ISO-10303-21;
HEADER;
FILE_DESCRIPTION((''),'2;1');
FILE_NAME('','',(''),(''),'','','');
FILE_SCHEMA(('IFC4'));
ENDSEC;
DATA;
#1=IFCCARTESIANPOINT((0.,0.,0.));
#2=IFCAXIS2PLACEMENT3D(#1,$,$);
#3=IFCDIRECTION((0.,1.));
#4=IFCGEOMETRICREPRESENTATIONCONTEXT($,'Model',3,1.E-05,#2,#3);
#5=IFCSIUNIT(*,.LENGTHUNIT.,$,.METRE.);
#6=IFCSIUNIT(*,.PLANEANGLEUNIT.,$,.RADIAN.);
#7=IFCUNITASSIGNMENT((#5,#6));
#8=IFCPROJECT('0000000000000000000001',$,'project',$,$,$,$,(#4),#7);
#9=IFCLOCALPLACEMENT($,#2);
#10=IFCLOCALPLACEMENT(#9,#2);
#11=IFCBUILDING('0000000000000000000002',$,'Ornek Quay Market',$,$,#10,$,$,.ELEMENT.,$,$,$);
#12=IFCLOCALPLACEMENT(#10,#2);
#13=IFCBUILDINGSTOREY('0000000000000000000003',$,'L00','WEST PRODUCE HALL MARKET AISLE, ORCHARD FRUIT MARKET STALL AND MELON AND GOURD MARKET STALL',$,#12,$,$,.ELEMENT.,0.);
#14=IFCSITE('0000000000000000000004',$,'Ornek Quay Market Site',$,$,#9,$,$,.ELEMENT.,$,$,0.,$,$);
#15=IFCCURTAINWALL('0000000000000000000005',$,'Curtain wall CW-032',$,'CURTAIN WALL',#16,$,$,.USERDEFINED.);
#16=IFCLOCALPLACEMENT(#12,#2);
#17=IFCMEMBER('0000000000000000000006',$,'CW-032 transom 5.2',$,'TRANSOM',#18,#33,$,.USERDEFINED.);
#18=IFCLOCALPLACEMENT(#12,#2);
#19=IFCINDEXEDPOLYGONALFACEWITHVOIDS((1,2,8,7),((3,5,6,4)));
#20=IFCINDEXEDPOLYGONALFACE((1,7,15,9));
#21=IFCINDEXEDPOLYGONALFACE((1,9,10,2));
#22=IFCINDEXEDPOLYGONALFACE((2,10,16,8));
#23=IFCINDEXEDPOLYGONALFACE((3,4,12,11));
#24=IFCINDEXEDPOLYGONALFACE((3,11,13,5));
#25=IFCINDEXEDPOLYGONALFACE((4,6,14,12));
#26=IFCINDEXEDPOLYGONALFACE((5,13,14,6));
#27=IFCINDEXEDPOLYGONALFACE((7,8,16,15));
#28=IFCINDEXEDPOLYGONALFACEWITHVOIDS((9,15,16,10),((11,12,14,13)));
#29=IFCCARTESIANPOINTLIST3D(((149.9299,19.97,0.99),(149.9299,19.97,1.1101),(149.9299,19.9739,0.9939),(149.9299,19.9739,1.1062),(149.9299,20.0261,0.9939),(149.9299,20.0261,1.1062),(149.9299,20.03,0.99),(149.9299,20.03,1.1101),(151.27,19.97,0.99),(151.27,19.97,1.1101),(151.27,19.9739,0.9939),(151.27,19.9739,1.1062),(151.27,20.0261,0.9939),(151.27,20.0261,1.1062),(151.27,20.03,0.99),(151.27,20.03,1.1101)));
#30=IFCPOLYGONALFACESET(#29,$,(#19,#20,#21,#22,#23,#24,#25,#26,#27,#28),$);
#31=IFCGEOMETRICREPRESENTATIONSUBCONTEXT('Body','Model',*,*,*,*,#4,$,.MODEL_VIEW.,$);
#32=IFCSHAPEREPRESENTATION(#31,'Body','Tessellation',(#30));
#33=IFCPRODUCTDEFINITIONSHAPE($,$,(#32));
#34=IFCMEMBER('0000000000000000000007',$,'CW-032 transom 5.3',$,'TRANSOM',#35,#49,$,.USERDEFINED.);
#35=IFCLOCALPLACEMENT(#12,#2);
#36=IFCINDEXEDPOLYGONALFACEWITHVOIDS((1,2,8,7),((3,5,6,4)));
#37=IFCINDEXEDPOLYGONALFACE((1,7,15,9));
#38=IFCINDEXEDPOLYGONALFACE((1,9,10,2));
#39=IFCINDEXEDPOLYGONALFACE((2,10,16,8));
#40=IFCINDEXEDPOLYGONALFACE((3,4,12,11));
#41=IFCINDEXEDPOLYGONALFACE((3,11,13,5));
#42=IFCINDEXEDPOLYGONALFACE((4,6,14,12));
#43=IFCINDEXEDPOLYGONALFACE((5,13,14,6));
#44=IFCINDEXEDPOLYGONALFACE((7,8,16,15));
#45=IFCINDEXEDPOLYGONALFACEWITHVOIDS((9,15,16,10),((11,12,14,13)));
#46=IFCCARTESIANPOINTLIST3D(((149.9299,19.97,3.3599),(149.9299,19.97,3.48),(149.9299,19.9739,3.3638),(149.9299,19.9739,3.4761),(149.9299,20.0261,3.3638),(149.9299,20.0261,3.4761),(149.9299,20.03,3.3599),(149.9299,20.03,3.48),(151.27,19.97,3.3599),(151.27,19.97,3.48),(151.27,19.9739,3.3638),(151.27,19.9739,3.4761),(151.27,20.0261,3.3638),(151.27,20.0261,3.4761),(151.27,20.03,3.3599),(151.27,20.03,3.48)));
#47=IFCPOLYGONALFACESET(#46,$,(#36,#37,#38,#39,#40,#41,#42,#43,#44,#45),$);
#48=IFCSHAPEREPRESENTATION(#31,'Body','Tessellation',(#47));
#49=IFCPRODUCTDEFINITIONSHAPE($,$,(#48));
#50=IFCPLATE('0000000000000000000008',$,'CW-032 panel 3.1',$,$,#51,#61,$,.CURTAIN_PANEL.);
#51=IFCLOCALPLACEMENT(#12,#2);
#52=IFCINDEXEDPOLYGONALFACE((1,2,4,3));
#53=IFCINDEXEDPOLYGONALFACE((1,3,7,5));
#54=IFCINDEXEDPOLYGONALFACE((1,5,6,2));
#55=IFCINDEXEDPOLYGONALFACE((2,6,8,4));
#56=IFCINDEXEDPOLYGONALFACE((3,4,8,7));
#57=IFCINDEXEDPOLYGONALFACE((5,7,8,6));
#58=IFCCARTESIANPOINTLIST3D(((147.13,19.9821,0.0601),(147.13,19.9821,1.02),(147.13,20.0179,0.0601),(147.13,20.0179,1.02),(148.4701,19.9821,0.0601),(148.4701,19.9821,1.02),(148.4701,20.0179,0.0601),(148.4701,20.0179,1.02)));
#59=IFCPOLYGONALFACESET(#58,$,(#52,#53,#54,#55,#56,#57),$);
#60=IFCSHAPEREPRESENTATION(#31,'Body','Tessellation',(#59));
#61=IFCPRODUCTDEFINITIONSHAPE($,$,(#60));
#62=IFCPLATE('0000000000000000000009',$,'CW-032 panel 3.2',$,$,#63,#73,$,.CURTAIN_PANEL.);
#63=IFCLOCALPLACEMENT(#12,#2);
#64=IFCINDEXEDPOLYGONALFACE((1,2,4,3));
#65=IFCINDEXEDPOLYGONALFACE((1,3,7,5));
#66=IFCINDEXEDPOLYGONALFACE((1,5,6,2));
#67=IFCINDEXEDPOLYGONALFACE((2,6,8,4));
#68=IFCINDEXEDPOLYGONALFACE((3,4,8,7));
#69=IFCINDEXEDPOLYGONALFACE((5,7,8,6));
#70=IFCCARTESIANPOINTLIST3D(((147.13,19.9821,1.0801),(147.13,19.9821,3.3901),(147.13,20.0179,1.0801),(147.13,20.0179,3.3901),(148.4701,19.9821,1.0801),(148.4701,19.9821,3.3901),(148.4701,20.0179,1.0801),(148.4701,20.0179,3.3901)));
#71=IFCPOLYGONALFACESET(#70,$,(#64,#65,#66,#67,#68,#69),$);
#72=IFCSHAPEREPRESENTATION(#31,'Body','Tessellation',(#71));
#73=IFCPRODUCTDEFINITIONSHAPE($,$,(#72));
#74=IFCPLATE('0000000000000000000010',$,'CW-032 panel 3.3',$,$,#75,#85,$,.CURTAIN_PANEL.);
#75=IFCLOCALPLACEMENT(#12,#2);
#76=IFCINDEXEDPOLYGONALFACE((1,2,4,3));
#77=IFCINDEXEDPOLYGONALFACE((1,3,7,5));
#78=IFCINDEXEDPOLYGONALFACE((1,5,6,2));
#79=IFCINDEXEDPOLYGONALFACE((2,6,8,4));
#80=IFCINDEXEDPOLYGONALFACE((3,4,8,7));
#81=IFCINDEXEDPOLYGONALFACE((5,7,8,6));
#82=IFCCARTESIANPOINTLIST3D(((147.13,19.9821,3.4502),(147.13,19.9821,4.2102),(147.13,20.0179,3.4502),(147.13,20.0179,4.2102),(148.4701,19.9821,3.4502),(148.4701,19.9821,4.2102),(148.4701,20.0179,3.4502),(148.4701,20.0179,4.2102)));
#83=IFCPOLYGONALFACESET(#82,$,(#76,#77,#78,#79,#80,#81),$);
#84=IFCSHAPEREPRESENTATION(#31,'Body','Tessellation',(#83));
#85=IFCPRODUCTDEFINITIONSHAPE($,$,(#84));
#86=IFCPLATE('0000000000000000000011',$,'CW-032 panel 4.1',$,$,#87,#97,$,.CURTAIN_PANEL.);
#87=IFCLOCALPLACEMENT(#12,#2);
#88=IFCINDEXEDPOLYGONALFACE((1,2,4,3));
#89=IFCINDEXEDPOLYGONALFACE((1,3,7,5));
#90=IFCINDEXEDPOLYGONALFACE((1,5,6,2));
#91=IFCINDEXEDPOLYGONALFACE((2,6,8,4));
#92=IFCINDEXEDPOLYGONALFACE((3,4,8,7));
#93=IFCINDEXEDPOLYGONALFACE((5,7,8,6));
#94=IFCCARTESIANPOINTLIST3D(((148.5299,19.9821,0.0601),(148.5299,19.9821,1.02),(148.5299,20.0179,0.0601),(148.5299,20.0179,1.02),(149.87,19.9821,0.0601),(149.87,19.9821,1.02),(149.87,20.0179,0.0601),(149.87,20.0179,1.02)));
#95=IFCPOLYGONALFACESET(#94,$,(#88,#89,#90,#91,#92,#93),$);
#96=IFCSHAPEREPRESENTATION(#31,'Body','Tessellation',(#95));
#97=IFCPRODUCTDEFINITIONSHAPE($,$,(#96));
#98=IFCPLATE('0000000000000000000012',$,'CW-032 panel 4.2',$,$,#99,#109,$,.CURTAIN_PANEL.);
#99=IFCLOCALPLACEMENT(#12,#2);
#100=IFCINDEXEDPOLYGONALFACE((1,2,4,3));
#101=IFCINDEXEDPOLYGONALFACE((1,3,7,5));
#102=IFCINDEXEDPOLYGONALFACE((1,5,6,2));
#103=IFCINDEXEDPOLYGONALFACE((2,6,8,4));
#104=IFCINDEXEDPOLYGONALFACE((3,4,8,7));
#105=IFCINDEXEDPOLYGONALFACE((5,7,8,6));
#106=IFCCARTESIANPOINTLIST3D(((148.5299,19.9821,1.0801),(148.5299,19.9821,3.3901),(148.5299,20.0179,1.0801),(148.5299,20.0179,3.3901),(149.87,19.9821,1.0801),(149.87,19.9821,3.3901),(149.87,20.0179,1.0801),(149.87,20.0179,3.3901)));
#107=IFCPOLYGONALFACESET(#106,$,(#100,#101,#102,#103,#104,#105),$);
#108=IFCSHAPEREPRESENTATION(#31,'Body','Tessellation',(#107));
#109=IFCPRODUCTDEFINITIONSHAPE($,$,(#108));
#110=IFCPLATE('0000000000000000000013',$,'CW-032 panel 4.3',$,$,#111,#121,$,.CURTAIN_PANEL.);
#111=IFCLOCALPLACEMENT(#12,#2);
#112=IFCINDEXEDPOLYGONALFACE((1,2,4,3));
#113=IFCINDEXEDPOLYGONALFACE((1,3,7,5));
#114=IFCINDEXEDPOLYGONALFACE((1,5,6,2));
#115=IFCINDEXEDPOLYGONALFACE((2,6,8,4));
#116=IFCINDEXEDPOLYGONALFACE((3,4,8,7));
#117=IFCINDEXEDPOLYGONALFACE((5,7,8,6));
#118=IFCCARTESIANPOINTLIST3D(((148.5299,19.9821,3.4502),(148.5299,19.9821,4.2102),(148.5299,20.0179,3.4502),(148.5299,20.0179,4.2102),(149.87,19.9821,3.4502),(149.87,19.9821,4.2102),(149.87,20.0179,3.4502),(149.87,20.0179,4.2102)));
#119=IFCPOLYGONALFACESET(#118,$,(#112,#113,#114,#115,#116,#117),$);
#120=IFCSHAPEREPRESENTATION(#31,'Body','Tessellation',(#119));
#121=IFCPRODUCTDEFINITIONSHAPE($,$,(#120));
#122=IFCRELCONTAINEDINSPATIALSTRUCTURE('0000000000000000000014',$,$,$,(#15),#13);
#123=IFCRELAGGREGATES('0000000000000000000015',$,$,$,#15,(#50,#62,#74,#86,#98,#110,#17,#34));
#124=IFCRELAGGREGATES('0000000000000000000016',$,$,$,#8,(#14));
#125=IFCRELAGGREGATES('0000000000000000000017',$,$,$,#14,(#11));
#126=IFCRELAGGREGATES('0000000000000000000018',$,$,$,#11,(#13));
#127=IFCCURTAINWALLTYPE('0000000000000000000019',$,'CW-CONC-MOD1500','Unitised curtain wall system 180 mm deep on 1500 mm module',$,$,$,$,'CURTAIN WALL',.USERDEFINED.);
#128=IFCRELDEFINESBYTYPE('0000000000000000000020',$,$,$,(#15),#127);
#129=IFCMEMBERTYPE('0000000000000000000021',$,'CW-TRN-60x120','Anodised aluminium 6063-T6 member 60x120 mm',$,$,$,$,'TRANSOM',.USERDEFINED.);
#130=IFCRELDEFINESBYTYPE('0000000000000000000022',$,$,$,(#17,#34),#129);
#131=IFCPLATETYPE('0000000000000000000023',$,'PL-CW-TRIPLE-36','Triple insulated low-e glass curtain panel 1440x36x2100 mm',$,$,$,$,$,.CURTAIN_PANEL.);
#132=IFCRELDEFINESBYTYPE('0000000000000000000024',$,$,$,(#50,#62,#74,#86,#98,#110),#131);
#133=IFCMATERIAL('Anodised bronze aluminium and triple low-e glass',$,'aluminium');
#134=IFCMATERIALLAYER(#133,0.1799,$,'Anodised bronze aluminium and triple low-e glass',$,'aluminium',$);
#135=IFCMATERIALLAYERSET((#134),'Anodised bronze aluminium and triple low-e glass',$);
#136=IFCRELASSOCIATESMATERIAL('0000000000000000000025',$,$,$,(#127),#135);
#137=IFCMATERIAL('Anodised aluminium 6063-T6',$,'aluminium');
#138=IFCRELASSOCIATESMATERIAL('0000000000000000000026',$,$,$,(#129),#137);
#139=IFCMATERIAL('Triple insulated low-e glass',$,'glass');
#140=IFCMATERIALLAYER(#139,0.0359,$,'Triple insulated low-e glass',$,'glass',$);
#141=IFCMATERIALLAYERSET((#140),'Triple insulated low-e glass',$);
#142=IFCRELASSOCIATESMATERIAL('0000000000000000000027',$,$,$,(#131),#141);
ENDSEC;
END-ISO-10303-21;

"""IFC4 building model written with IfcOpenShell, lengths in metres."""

from ifc_helpers import new_model, si_unit, direction, frame, origin, origin_2d, place, context, subcontext, project, spatial, rectangle, hollow_rectangle, extrude, material, layer, layer_set, material_profile, profile_set, type_object, element, aggregate, save


model = new_model("IFC4")

# Units and contexts
model_context = context("Model", 3, precision=1e-05, world=origin(), true_north=direction((0.0, 1.0)))
body_context = subcontext(model_context, "Body", "Model", "MODEL_VIEW")
ifc_project = project(units=[si_unit("LENGTHUNIT", "METRE"), si_unit("PLANEANGLEUNIT", "RADIAN")], contexts=[model_context])

# Site, building, storey
site_placement = place(None, origin())
site = spatial("IfcSite", under=ifc_project, at=site_placement, Name="Ornek Quay Market Site", CompositionType="ELEMENT", RefElevation=0.0)
building_placement = place(site_placement, origin())
building = spatial("IfcBuilding", under=site, at=building_placement, Name="Ornek Quay Market", CompositionType="ELEMENT")
storey_placement = place(building_placement, origin())
storey = spatial("IfcBuildingStorey", under=building, at=storey_placement, Name="L00", Description="WEST PRODUCE HALL MARKET AISLE, ORCHARD FRUIT MARKET STALL AND MELON AND GOURD MARKET STALL", CompositionType="ELEMENT", Elevation=0.0)

# Curtain wall, members, plates
ifc_material_1 = material(Name="Anodised bronze aluminium and triple low-e glass", Category="aluminium")
ifc_layer_1 = layer(ifc_material_1, 0.1799, Name="Anodised bronze aluminium and triple low-e glass", Category="aluminium")
ifc_layer_set_1 = layer_set([ifc_layer_1], Name="Anodised bronze aluminium and triple low-e glass")
curtain_wall_type = type_object("IfcCurtainWallType", Name="CW-CONC-MOD1500", Description="Unitised curtain wall system 180 mm deep on 1500 mm module", ElementType="CURTAIN WALL", PredefinedType="USERDEFINED", material=ifc_layer_set_1)
curtain_wall_placement = place(storey_placement, origin())
curtain_wall = element("IfcCurtainWall", 1, at=curtain_wall_placement, inside=storey, type_object=curtain_wall_type, Name="Curtain wall CW-032", ObjectType="CURTAIN WALL", PredefinedType="USERDEFINED")
ifc_material_2 = material(Name="Anodised aluminium 6063-T6", Category="aluminium")
ifc_material_profile_1 = material_profile(ifc_material_2, hollow_rectangle(XDim=0.0601, YDim=0.1201, WallThickness=0.0039, at=origin_2d()), Name="CW-TRN-60x120", Category="aluminium")
ifc_profile_set_1 = profile_set([ifc_material_profile_1], Name="Anodised aluminium 6063-T6")
member_type_1 = type_object("IfcMemberType", Name="CW-TRN-60x120", Description="Anodised aluminium 6063-T6 member 60x120 mm", ElementType="TRANSOM", PredefinedType="USERDEFINED", material=ifc_profile_set_1)
member_1_placement = place(storey_placement, frame((149.9299, 20.0, 1.05), z_axis=(1.0, 0.0, 0.0), x_axis=(0.0, 1.0, 0.0)))
member_1 = element("IfcMember", 2, at=member_1_placement, type_object=member_type_1, Name="CW-032 transom 5.2", ObjectType="TRANSOM", PredefinedType="USERDEFINED", context=body_context, shape_type="SweptSolid", body=[
    extrude(hollow_rectangle(XDim=0.0601, YDim=0.1201, WallThickness=0.0039, at=origin_2d()), origin(), (0.0, 0.0, 1.0), 1.3401),
])
member_2_placement = place(storey_placement, frame((149.9299, 20.0, 3.4199), z_axis=(1.0, 0.0, 0.0), x_axis=(0.0, 1.0, 0.0)))
member_2 = element("IfcMember", 3, at=member_2_placement, type_object=member_type_1, Name="CW-032 transom 5.3", ObjectType="TRANSOM", PredefinedType="USERDEFINED", context=body_context, shape_type="SweptSolid", body=[
    extrude(hollow_rectangle(XDim=0.0601, YDim=0.1201, WallThickness=0.0039, at=origin_2d()), origin(), (0.0, 0.0, 1.0), 1.3401),
])
ifc_material_3 = material(Name="Triple insulated low-e glass", Category="glass")
ifc_layer_2 = layer(ifc_material_3, 0.0359, Name="Triple insulated low-e glass", Category="glass")
ifc_layer_set_2 = layer_set([ifc_layer_2], Name="Triple insulated low-e glass")
plate_type = type_object("IfcPlateType", Name="PL-CW-TRIPLE-36", Description="Triple insulated low-e glass curtain panel 1440x36x2100 mm", PredefinedType="CURTAIN_PANEL", material=ifc_layer_set_2)
plate_1_placement = place(storey_placement, frame((147.8, 20.0, 0.0601), z_axis=(0.0, 0.0, 1.0), x_axis=(1.0, 0.0, 0.0)))
plate_1 = element("IfcPlate", 4, at=plate_1_placement, type_object=plate_type, Name="CW-032 panel 3.1", PredefinedType="CURTAIN_PANEL", context=body_context, shape_type="SweptSolid", body=[
    extrude(rectangle(XDim=1.3401, YDim=0.0359, at=origin_2d()), origin(), (0.0, 0.0, 1.0), 0.96),
])
plate_2_placement = place(storey_placement, frame((147.8, 20.0, 1.0801), z_axis=(0.0, 0.0, 1.0), x_axis=(1.0, 0.0, 0.0)))
plate_2 = element("IfcPlate", 5, at=plate_2_placement, type_object=plate_type, Name="CW-032 panel 3.2", PredefinedType="CURTAIN_PANEL", context=body_context, shape_type="SweptSolid", body=[
    extrude(rectangle(XDim=1.3401, YDim=0.0359, at=origin_2d()), origin(), (0.0, 0.0, 1.0), 2.3101),
])
plate_3_placement = place(storey_placement, frame((147.8, 20.0, 3.4502), z_axis=(0.0, 0.0, 1.0), x_axis=(1.0, 0.0, 0.0)))
plate_3 = element("IfcPlate", 6, at=plate_3_placement, type_object=plate_type, Name="CW-032 panel 3.3", PredefinedType="CURTAIN_PANEL", context=body_context, shape_type="SweptSolid", body=[
    extrude(rectangle(XDim=1.3401, YDim=0.0359, at=origin_2d()), origin(), (0.0, 0.0, 1.0), 0.76),
])
plate_4_placement = place(storey_placement, frame((149.2, 20.0, 0.0601), z_axis=(0.0, 0.0, 1.0), x_axis=(1.0, 0.0, 0.0)))
plate_4 = element("IfcPlate", 7, at=plate_4_placement, type_object=plate_type, Name="CW-032 panel 4.1", PredefinedType="CURTAIN_PANEL", context=body_context, shape_type="SweptSolid", body=[
    extrude(rectangle(XDim=1.3401, YDim=0.0359, at=origin_2d()), origin(), (0.0, 0.0, 1.0), 0.96),
])
plate_5_placement = place(storey_placement, frame((149.2, 20.0, 1.0801), z_axis=(0.0, 0.0, 1.0), x_axis=(1.0, 0.0, 0.0)))
plate_5 = element("IfcPlate", 8, at=plate_5_placement, type_object=plate_type, Name="CW-032 panel 4.2", PredefinedType="CURTAIN_PANEL", context=body_context, shape_type="SweptSolid", body=[
    extrude(rectangle(XDim=1.3401, YDim=0.0359, at=origin_2d()), origin(), (0.0, 0.0, 1.0), 2.3101),
])
plate_6_placement = place(storey_placement, frame((149.2, 20.0, 3.4502), z_axis=(0.0, 0.0, 1.0), x_axis=(1.0, 0.0, 0.0)))
plate_6 = element("IfcPlate", 9, at=plate_6_placement, type_object=plate_type, Name="CW-032 panel 4.3", PredefinedType="CURTAIN_PANEL", context=body_context, shape_type="SweptSolid", body=[
    extrude(rectangle(XDim=1.3401, YDim=0.0359, at=origin_2d()), origin(), (0.0, 0.0, 1.0), 0.76),
])
aggregate(curtain_wall, [plate_1, plate_2, plate_3, plate_4, plate_5, plate_6, member_1, member_2])

save(model, "model.ifc")
